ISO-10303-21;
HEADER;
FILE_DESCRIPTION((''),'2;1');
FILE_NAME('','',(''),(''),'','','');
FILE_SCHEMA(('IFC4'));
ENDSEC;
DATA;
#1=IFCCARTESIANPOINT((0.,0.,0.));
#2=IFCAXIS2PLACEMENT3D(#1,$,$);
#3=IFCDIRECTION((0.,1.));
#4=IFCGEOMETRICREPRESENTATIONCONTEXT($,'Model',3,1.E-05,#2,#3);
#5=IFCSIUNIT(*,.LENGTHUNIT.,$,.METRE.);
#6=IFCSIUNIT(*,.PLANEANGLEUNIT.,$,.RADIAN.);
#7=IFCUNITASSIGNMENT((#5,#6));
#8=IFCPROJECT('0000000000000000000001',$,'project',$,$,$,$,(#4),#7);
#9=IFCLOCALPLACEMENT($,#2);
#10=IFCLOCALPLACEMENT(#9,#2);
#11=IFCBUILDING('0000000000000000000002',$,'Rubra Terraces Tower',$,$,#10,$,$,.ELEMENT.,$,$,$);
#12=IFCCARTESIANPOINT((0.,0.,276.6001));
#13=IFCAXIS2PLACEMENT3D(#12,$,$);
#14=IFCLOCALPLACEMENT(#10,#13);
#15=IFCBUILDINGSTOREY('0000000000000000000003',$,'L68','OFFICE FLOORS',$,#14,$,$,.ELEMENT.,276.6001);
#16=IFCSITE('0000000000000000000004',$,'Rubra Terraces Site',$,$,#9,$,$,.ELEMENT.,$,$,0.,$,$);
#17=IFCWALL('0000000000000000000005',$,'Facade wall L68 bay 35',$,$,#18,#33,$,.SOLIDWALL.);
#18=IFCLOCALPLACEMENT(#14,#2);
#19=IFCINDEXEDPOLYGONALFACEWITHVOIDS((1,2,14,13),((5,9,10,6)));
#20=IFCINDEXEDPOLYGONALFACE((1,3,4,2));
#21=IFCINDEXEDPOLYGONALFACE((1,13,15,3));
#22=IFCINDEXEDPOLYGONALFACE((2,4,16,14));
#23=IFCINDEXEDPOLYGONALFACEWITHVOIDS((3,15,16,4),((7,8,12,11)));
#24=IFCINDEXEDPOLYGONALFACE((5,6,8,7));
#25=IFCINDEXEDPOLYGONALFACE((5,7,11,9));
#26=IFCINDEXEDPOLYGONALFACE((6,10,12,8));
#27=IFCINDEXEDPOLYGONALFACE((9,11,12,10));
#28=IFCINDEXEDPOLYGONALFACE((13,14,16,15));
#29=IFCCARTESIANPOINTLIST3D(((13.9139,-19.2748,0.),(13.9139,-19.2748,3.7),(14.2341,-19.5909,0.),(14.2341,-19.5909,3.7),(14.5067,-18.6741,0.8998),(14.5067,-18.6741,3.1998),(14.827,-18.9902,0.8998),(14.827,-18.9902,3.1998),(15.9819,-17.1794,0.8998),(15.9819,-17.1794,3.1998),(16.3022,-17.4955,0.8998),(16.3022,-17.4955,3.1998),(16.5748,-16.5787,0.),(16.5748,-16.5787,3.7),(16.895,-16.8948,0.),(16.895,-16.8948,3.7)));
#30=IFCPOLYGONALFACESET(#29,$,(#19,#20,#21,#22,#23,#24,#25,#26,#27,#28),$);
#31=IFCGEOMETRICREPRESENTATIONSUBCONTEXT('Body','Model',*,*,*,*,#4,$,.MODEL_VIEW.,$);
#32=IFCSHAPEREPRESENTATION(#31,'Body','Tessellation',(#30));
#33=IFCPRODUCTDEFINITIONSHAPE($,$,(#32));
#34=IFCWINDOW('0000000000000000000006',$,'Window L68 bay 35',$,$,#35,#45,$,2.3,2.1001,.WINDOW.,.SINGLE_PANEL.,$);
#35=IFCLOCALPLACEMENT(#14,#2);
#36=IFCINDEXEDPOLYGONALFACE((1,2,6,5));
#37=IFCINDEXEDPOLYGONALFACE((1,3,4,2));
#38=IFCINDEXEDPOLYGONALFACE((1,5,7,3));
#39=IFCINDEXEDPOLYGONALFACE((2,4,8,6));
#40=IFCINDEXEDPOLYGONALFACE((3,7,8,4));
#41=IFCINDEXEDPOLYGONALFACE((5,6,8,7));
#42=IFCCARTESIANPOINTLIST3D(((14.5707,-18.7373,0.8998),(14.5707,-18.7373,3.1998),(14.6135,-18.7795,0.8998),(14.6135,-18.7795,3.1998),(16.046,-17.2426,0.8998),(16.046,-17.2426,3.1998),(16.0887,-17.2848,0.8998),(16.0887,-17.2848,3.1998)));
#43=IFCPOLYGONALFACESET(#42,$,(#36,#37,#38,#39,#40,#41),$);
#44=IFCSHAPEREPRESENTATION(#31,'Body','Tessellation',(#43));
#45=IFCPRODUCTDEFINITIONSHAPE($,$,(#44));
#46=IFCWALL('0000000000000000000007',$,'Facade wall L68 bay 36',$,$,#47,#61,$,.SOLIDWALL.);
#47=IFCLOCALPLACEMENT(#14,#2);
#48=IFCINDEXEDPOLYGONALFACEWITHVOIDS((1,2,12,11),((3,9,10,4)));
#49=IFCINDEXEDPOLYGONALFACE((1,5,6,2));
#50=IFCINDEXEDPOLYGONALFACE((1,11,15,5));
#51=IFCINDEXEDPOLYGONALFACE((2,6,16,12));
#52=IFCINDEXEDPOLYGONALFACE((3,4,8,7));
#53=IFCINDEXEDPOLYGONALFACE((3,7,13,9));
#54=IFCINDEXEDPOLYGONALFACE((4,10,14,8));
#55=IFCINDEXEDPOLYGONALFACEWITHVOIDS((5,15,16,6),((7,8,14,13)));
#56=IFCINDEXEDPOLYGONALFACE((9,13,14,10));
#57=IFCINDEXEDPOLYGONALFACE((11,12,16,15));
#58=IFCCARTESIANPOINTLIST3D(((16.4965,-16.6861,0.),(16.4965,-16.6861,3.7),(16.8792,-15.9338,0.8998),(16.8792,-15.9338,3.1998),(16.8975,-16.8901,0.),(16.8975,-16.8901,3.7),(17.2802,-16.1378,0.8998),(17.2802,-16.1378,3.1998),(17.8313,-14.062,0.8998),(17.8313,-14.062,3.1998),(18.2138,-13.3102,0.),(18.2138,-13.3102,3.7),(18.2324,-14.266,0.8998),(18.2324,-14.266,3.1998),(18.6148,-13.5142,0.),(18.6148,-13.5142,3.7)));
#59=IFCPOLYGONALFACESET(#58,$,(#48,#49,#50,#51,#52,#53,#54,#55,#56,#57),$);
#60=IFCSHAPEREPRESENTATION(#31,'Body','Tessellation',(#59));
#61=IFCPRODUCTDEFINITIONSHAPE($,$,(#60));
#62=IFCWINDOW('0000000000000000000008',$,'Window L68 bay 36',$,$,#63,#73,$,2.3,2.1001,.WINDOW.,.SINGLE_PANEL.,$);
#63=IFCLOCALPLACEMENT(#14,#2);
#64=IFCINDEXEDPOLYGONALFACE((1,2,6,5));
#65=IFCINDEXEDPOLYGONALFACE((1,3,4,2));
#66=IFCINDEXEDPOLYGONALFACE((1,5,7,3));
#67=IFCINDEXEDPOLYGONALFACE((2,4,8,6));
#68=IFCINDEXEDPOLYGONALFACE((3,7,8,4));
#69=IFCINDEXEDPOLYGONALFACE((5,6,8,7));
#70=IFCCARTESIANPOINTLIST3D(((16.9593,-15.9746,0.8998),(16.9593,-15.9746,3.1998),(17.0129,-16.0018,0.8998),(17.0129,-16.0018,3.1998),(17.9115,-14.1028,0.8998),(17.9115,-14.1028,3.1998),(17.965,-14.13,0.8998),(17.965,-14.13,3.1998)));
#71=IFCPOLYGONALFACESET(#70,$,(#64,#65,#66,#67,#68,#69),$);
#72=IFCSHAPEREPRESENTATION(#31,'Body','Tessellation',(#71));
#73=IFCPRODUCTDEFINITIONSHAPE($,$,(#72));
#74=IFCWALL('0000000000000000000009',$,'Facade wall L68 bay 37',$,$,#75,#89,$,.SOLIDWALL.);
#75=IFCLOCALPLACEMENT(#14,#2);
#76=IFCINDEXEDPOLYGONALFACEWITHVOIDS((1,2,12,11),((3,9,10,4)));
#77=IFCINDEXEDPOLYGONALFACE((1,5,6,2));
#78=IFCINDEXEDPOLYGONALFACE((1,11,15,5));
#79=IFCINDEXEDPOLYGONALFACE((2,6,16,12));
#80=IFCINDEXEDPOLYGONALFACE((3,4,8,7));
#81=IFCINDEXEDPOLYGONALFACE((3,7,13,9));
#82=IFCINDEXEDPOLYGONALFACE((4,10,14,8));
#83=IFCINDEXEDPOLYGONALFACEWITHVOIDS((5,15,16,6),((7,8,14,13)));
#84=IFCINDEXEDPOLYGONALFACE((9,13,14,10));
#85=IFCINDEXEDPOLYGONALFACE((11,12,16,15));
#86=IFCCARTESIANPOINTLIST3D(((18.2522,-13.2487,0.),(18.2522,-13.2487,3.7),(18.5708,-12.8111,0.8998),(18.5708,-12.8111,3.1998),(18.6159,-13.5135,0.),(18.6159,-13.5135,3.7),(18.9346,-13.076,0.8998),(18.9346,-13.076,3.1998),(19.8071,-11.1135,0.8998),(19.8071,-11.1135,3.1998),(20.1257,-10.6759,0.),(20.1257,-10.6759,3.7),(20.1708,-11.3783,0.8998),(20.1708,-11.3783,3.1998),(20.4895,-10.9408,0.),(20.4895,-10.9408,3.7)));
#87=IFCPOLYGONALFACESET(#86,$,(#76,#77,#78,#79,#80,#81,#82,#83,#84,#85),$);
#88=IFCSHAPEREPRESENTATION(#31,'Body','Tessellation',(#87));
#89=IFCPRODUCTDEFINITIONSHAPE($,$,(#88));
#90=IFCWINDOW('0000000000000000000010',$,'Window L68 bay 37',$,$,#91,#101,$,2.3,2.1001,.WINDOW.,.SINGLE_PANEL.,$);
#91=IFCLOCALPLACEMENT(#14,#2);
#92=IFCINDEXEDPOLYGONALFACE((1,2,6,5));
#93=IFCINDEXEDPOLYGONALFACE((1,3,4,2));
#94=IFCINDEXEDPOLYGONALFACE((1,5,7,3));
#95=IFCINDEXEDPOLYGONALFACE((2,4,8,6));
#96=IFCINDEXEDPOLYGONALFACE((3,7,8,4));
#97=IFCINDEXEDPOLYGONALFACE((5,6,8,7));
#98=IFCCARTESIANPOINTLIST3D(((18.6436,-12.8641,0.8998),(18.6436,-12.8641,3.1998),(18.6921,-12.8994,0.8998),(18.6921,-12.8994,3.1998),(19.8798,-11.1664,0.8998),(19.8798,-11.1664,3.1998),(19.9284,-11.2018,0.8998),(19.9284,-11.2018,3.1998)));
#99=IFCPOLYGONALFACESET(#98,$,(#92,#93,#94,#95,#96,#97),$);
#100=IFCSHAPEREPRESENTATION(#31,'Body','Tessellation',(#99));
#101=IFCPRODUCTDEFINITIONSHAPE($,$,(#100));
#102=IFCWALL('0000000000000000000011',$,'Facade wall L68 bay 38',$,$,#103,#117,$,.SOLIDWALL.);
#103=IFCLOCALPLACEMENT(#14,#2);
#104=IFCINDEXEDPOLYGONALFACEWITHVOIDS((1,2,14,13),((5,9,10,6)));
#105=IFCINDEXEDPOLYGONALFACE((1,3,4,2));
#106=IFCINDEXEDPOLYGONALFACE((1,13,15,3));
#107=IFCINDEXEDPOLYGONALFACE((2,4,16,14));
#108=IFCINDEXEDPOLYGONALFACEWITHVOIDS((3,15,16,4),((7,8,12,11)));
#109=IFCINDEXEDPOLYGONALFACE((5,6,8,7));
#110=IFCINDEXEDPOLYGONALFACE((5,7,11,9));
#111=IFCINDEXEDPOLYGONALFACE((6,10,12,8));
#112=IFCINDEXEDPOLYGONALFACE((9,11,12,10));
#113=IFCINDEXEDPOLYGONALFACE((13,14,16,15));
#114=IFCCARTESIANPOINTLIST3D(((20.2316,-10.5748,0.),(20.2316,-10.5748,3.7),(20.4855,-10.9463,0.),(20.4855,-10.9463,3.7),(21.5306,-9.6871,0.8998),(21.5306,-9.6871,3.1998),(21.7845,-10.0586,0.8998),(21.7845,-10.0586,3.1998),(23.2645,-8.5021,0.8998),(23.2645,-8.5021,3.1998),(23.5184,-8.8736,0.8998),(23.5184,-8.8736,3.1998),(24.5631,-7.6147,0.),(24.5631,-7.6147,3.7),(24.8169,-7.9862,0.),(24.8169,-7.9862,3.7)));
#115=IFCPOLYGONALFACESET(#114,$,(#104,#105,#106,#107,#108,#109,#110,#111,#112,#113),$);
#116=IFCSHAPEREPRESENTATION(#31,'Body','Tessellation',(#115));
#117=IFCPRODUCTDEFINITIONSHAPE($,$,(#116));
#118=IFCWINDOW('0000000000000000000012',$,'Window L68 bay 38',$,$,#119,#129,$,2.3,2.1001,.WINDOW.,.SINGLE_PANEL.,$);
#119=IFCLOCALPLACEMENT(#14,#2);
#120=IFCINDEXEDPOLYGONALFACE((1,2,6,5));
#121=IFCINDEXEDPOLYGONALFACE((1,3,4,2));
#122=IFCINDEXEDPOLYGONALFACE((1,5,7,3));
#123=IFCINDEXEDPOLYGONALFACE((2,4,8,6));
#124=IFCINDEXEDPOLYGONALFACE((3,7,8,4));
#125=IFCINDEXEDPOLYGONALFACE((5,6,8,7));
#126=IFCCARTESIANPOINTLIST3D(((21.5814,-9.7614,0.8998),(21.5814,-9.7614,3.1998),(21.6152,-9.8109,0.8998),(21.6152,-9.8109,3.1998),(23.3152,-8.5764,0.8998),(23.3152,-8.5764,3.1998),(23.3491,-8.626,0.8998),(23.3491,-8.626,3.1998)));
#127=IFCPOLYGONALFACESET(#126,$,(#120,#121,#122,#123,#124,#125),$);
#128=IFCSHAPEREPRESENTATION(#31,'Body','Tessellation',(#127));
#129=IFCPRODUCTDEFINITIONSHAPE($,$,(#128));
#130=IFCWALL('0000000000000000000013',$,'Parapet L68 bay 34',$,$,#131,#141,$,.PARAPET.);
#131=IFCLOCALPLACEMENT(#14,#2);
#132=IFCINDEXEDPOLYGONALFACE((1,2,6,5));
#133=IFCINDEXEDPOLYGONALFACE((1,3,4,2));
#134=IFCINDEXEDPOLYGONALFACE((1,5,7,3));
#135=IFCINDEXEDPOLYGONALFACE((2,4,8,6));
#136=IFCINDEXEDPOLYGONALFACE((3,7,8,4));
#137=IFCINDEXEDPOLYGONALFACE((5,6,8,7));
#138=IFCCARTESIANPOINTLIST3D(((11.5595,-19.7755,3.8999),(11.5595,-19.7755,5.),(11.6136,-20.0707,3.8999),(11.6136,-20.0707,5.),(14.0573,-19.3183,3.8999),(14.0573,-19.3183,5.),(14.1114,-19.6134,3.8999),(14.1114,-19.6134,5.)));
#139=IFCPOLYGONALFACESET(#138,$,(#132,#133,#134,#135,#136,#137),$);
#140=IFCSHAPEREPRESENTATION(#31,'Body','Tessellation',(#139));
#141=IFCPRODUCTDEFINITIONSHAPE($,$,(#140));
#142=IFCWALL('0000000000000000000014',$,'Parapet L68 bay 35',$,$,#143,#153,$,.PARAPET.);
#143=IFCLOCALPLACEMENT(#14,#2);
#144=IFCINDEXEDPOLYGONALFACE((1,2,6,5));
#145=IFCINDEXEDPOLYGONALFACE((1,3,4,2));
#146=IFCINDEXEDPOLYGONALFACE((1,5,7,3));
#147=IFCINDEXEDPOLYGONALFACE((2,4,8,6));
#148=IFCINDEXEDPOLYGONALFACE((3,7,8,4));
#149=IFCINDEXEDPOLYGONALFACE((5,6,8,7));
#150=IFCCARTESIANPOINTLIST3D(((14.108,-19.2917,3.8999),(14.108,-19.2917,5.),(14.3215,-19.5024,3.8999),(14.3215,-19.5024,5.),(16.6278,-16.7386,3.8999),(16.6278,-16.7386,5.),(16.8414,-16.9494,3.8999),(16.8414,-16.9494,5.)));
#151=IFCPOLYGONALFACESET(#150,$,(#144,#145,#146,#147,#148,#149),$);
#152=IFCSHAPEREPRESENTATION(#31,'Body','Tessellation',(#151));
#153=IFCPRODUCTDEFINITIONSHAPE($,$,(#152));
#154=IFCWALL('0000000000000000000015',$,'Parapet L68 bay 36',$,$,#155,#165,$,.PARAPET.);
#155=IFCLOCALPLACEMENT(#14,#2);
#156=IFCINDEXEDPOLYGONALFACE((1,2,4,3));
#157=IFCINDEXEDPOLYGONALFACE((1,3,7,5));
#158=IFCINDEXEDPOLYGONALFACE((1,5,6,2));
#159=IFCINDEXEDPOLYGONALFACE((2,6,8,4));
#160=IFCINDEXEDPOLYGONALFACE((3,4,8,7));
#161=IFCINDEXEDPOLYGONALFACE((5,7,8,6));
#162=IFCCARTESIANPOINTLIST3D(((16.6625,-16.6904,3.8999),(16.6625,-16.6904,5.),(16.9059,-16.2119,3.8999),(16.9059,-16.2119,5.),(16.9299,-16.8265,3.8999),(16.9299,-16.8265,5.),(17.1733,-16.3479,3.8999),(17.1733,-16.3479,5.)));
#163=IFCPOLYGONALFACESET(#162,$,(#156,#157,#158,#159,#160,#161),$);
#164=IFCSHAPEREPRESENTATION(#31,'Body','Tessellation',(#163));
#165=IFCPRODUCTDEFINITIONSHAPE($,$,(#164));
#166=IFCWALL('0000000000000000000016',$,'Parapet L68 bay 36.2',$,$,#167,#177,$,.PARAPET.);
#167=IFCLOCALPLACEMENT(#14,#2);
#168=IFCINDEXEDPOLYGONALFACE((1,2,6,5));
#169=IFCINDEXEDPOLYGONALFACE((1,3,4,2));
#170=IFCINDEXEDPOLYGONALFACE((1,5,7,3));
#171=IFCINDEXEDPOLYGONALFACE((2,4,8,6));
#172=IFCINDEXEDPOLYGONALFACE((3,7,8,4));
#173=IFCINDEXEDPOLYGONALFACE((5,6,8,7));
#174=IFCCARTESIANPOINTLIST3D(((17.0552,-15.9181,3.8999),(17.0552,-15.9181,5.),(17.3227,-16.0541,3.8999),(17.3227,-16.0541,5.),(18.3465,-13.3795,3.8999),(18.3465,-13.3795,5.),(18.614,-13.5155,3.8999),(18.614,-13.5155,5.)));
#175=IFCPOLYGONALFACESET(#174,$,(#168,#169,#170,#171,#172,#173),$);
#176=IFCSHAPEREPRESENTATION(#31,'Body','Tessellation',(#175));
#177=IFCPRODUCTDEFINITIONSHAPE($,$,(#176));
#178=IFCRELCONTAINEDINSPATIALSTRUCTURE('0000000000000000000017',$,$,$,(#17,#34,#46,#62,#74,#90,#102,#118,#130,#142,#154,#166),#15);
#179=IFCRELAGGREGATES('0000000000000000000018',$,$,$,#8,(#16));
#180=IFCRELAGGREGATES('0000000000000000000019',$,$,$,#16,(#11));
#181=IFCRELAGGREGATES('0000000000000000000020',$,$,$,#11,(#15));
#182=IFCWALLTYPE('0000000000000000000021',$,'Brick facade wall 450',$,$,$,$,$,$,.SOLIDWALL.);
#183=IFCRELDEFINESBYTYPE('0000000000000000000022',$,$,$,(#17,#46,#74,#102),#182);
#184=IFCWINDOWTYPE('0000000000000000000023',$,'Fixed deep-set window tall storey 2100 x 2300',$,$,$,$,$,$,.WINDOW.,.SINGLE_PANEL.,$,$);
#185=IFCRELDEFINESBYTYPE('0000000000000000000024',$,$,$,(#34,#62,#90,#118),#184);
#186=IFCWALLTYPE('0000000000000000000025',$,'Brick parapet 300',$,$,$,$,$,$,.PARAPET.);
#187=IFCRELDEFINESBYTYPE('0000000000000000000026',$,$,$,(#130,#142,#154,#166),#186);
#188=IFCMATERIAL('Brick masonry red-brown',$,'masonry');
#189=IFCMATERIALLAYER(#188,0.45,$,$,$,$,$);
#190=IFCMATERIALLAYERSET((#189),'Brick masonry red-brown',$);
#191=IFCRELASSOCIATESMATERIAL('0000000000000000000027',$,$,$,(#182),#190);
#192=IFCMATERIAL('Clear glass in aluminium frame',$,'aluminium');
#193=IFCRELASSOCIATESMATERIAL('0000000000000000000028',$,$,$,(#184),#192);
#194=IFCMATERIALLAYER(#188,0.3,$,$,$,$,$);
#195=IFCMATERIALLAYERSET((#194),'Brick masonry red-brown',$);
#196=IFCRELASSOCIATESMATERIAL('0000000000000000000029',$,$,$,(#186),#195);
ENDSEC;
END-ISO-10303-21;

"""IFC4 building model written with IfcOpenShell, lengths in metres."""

from ifc_helpers import new_model, si_unit, direction, frame, frame_2d, origin, place, context, subcontext, project, spatial, rectangle, extrude, material, layer, layer_set, type_object, element, fill, save


model = new_model("IFC4")

# Units and contexts
model_context = context("Model", 3, precision=1e-05, world=origin(), true_north=direction((0.0, 1.0)))
body_context = subcontext(model_context, "Body", "Model", "MODEL_VIEW")
ifc_project = project(units=[si_unit("LENGTHUNIT", "METRE"), si_unit("PLANEANGLEUNIT", "RADIAN")], contexts=[model_context])

# Site, building, storey
site_placement = place(None, origin())
site = spatial("IfcSite", under=ifc_project, at=site_placement, Name="Rubra Terraces Site", CompositionType="ELEMENT", RefElevation=0.0)
building_placement = place(site_placement, origin())
building = spatial("IfcBuilding", under=site, at=building_placement, Name="Rubra Terraces Tower", CompositionType="ELEMENT")
storey_placement = place(building_placement, frame((0.0, 0.0, 276.6001)))
storey = spatial("IfcBuildingStorey", under=building, at=storey_placement, Name="L68", Description="OFFICE FLOORS", CompositionType="ELEMENT", Elevation=276.6001)

# Walls, openings, windows
ifc_material_1 = material(Name="Brick masonry red-brown", Category="masonry")
ifc_layer_1 = layer(ifc_material_1, 0.45)
ifc_layer_set_1 = layer_set([ifc_layer_1], Name="Brick masonry red-brown")
wall_type_1 = type_object("IfcWallType", Name="Brick facade wall 450", PredefinedType="SOLIDWALL", material=ifc_layer_set_1)
wall_1_placement = place(storey_placement, frame((14.074, -19.4329, 0.0), z_axis=(0.0, 0.0, 1.0), x_axis=(0.702451, 0.711732, 0.0)))
wall_1 = element("IfcWall", 1, at=wall_1_placement, inside=storey, type_object=wall_type_1, Name="Facade wall L68 bay 35", PredefinedType="SOLIDWALL", context=body_context, shape_type="SweptSolid", body=[
    extrude(rectangle(XDim=3.7881, YDim=0.45, at=frame_2d((1.894, 0.0))), origin(), (0.0, 0.0, 1.0), 3.7),
])
opening_1_placement = place(wall_1_placement, frame((0.844, 0.0, 0.8999)))
opening_1 = element("IfcOpeningElement", 2, at=opening_1_placement, cuts=wall_1, PredefinedType="OPENING", context=body_context, shape_type="SweptSolid", body=[
    extrude(rectangle(XDim=2.1001, YDim=2.3, at=frame_2d((1.05, 1.1499))), frame((0.0, 0.2349, 0.0), z_axis=(0.0, -1.0, 0.0), x_axis=(1.0, 0.0, 0.0)), (0.0, 0.0, 1.0), 0.47),
])
ifc_material_2 = material(Name="Clear glass in aluminium frame", Category="aluminium")
window_type = type_object("IfcWindowType", Name="Fixed deep-set window tall storey 2100 x 2300", PartitioningType="SINGLE_PANEL", PredefinedType="WINDOW", material=ifc_material_2)
window_1_placement = place(opening_1_placement, origin())
window_1 = element("IfcWindow", 3, at=window_1_placement, inside=storey, type_object=window_type, Name="Window L68 bay 35", OverallHeight=2.3, OverallWidth=2.1001, PartitioningType="SINGLE_PANEL", PredefinedType="WINDOW", context=body_context, shape_type="SweptSolid", body=[
    extrude(rectangle(XDim=2.1001, YDim=2.3, at=frame_2d((1.05, 1.1499))), frame((0.0, 0.135, 0.0), z_axis=(0.0, -1.0, 0.0), x_axis=(1.0, 0.0, 0.0)), (0.0, 0.0, 1.0), 0.0601),
])
fill(opening_1, window_1)
wall_2_placement = place(storey_placement, frame((16.697, -16.7881, 0.0), z_axis=(0.0, 0.0, 1.0), x_axis=(0.453391, 0.891312, 0.0)))
wall_2 = element("IfcWall", 4, at=wall_2_placement, inside=storey, type_object=wall_type_1, Name="Facade wall L68 bay 36", PredefinedType="SOLIDWALL", context=body_context, shape_type="SweptSolid", body=[
    extrude(rectangle(XDim=3.7876, YDim=0.45, at=frame_2d((1.8938, 0.0))), origin(), (0.0, 0.0, 1.0), 3.7),
])
opening_2_placement = place(wall_2_placement, frame((0.844, 0.0, 0.8999)))
opening_2 = element("IfcOpeningElement", 5, at=opening_2_placement, cuts=wall_2, PredefinedType="OPENING", context=body_context, shape_type="SweptSolid", body=[
    extrude(rectangle(XDim=2.1001, YDim=2.3, at=frame_2d((1.05, 1.1499))), frame((0.0, 0.2349, 0.0), z_axis=(0.0, -1.0, 0.0), x_axis=(1.0, 0.0, 0.0)), (0.0, 0.0, 1.0), 0.47),
])
window_2_placement = place(opening_2_placement, origin())
window_2 = element("IfcWindow", 6, at=window_2_placement, inside=storey, type_object=window_type, Name="Window L68 bay 36", OverallHeight=2.3, OverallWidth=2.1001, PartitioningType="SINGLE_PANEL", PredefinedType="WINDOW", context=body_context, shape_type="SweptSolid", body=[
    extrude(rectangle(XDim=2.1001, YDim=2.3, at=frame_2d((1.05, 1.1499))), frame((0.0, 0.135, 0.0), z_axis=(0.0, -1.0, 0.0), x_axis=(1.0, 0.0, 0.0)), (0.0, 0.0, 1.0), 0.0601),
])
fill(opening_2, window_2)
wall_3_placement = place(storey_placement, frame((18.4341, -13.3811, 0.0), z_axis=(0.0, 0.0, 1.0), x_axis=(0.588673, 0.808371, 0.0)))
wall_3 = element("IfcWall", 7, at=wall_3_placement, inside=storey, type_object=wall_type_1, Name="Facade wall L68 bay 37", PredefinedType="SOLIDWALL", context=body_context, shape_type="SweptSolid", body=[
    extrude(rectangle(XDim=3.1826, YDim=0.45, at=frame_2d((1.5913, 0.0))), origin(), (0.0, 0.0, 1.0), 3.7),
])
opening_3_placement = place(wall_3_placement, frame((0.5413, 0.0, 0.8999)))
opening_3 = element("IfcOpeningElement", 8, at=opening_3_placement, cuts=wall_3, PredefinedType="OPENING", context=body_context, shape_type="SweptSolid", body=[
    extrude(rectangle(XDim=2.1001, YDim=2.3, at=frame_2d((1.05, 1.1499))), frame((0.0, 0.2349, 0.0), z_axis=(0.0, -1.0, 0.0), x_axis=(1.0, 0.0, 0.0)), (0.0, 0.0, 1.0), 0.47),
])
window_3_placement = place(opening_3_placement, origin())
window_3 = element("IfcWindow", 9, at=window_3_placement, inside=storey, type_object=window_type, Name="Window L68 bay 37", OverallHeight=2.3, OverallWidth=2.1001, PartitioningType="SINGLE_PANEL", PredefinedType="WINDOW", context=body_context, shape_type="SweptSolid", body=[
    extrude(rectangle(XDim=2.1001, YDim=2.3, at=frame_2d((1.05, 1.1499))), frame((0.0, 0.135, 0.0), z_axis=(0.0, -1.0, 0.0), x_axis=(1.0, 0.0, 0.0)), (0.0, 0.0, 1.0), 0.0601),
])
fill(opening_3, window_3)
wall_4_placement = place(storey_placement, frame((20.3586, -10.7605, 0.0), z_axis=(0.0, 0.0, 1.0), x_axis=(0.825616, 0.564232, 0.0)))
wall_4 = element("IfcWall", 10, at=wall_4_placement, inside=storey, type_object=wall_type_1, Name="Facade wall L68 bay 38", PredefinedType="SOLIDWALL", context=body_context, shape_type="SweptSolid", body=[
    extrude(rectangle(XDim=5.2463, YDim=0.45, at=frame_2d((2.623, 0.0))), origin(), (0.0, 0.0, 1.0), 3.7),
])
opening_4_placement = place(wall_4_placement, frame((1.5732, 0.0, 0.8999)))
opening_4 = element("IfcOpeningElement", 11, at=opening_4_placement, cuts=wall_4, PredefinedType="OPENING", context=body_context, shape_type="SweptSolid", body=[
    extrude(rectangle(XDim=2.1001, YDim=2.3, at=frame_2d((1.05, 1.1499))), frame((0.0, 0.2349, 0.0), z_axis=(0.0, -1.0, 0.0), x_axis=(1.0, 0.0, 0.0)), (0.0, 0.0, 1.0), 0.47),
])
window_4_placement = place(opening_4_placement, origin())
window_4 = element("IfcWindow", 12, at=window_4_placement, inside=storey, type_object=window_type, Name="Window L68 bay 38", OverallHeight=2.3, OverallWidth=2.1001, PartitioningType="SINGLE_PANEL", PredefinedType="WINDOW", context=body_context, shape_type="SweptSolid", body=[
    extrude(rectangle(XDim=2.1001, YDim=2.3, at=frame_2d((1.05, 1.1499))), frame((0.0, 0.135, 0.0), z_axis=(0.0, -1.0, 0.0), x_axis=(1.0, 0.0, 0.0)), (0.0, 0.0, 1.0), 0.0601),
])
fill(opening_4, window_4)

# Walls
ifc_layer_2 = layer(ifc_material_1, 0.3)
ifc_layer_set_2 = layer_set([ifc_layer_2], Name="Brick masonry red-brown")
wall_type_2 = type_object("IfcWallType", Name="Brick parapet 300", PredefinedType="PARAPET", material=ifc_layer_set_2)
wall_5_placement = place(storey_placement, frame((11.5867, -19.9231, 3.8999), z_axis=(0.0, 0.0, 1.0), x_axis=(0.983652, 0.180078, 0.0)))
element("IfcWall", 13, at=wall_5_placement, inside=storey, type_object=wall_type_2, Name="Parapet L68 bay 34", PredefinedType="PARAPET", context=body_context, shape_type="SweptSolid", body=[
    extrude(rectangle(XDim=2.5393, YDim=0.3, at=frame_2d((1.2695, 0.0))), origin(), (0.0, 0.0, 1.0), 1.1001),
])
wall_6_placement = place(storey_placement, frame((14.2148, -19.397, 3.8999), z_axis=(0.0, 0.0, 1.0), x_axis=(0.702463, 0.71172, 0.0)))
element("IfcWall", 14, at=wall_6_placement, inside=storey, type_object=wall_type_2, Name="Parapet L68 bay 35", PredefinedType="PARAPET", context=body_context, shape_type="SweptSolid", body=[
    extrude(rectangle(XDim=3.5872, YDim=0.3, at=frame_2d((1.7935, 0.0))), origin(), (0.0, 0.0, 1.0), 1.1001),
])
wall_7_placement = place(storey_placement, frame((16.7961, -16.7585, 3.8999), z_axis=(0.0, 0.0, 1.0), x_axis=(0.453388, 0.891313, 0.0)))
element("IfcWall", 15, at=wall_7_placement, inside=storey, type_object=wall_type_2, Name="Parapet L68 bay 36", PredefinedType="PARAPET", context=body_context, shape_type="SweptSolid", body=[
    extrude(rectangle(XDim=0.5369, YDim=0.3, at=frame_2d((0.2686, 0.0))), origin(), (0.0, 0.0, 1.0), 1.1001),
])
wall_8_placement = place(storey_placement, frame((17.189, -15.9861, 3.8999), z_axis=(0.0, 0.0, 1.0), x_axis=(0.453375, 0.89132, 0.0)))
element("IfcWall", 16, at=wall_8_placement, inside=storey, type_object=wall_type_2, Name="Parapet L68 bay 36.2", PredefinedType="PARAPET", context=body_context, shape_type="SweptSolid", body=[
    extrude(rectangle(XDim=2.8481, YDim=0.3, at=frame_2d((1.4241, 0.0))), origin(), (0.0, 0.0, 1.0), 1.1001),
])

save(model, "model.ifc")
